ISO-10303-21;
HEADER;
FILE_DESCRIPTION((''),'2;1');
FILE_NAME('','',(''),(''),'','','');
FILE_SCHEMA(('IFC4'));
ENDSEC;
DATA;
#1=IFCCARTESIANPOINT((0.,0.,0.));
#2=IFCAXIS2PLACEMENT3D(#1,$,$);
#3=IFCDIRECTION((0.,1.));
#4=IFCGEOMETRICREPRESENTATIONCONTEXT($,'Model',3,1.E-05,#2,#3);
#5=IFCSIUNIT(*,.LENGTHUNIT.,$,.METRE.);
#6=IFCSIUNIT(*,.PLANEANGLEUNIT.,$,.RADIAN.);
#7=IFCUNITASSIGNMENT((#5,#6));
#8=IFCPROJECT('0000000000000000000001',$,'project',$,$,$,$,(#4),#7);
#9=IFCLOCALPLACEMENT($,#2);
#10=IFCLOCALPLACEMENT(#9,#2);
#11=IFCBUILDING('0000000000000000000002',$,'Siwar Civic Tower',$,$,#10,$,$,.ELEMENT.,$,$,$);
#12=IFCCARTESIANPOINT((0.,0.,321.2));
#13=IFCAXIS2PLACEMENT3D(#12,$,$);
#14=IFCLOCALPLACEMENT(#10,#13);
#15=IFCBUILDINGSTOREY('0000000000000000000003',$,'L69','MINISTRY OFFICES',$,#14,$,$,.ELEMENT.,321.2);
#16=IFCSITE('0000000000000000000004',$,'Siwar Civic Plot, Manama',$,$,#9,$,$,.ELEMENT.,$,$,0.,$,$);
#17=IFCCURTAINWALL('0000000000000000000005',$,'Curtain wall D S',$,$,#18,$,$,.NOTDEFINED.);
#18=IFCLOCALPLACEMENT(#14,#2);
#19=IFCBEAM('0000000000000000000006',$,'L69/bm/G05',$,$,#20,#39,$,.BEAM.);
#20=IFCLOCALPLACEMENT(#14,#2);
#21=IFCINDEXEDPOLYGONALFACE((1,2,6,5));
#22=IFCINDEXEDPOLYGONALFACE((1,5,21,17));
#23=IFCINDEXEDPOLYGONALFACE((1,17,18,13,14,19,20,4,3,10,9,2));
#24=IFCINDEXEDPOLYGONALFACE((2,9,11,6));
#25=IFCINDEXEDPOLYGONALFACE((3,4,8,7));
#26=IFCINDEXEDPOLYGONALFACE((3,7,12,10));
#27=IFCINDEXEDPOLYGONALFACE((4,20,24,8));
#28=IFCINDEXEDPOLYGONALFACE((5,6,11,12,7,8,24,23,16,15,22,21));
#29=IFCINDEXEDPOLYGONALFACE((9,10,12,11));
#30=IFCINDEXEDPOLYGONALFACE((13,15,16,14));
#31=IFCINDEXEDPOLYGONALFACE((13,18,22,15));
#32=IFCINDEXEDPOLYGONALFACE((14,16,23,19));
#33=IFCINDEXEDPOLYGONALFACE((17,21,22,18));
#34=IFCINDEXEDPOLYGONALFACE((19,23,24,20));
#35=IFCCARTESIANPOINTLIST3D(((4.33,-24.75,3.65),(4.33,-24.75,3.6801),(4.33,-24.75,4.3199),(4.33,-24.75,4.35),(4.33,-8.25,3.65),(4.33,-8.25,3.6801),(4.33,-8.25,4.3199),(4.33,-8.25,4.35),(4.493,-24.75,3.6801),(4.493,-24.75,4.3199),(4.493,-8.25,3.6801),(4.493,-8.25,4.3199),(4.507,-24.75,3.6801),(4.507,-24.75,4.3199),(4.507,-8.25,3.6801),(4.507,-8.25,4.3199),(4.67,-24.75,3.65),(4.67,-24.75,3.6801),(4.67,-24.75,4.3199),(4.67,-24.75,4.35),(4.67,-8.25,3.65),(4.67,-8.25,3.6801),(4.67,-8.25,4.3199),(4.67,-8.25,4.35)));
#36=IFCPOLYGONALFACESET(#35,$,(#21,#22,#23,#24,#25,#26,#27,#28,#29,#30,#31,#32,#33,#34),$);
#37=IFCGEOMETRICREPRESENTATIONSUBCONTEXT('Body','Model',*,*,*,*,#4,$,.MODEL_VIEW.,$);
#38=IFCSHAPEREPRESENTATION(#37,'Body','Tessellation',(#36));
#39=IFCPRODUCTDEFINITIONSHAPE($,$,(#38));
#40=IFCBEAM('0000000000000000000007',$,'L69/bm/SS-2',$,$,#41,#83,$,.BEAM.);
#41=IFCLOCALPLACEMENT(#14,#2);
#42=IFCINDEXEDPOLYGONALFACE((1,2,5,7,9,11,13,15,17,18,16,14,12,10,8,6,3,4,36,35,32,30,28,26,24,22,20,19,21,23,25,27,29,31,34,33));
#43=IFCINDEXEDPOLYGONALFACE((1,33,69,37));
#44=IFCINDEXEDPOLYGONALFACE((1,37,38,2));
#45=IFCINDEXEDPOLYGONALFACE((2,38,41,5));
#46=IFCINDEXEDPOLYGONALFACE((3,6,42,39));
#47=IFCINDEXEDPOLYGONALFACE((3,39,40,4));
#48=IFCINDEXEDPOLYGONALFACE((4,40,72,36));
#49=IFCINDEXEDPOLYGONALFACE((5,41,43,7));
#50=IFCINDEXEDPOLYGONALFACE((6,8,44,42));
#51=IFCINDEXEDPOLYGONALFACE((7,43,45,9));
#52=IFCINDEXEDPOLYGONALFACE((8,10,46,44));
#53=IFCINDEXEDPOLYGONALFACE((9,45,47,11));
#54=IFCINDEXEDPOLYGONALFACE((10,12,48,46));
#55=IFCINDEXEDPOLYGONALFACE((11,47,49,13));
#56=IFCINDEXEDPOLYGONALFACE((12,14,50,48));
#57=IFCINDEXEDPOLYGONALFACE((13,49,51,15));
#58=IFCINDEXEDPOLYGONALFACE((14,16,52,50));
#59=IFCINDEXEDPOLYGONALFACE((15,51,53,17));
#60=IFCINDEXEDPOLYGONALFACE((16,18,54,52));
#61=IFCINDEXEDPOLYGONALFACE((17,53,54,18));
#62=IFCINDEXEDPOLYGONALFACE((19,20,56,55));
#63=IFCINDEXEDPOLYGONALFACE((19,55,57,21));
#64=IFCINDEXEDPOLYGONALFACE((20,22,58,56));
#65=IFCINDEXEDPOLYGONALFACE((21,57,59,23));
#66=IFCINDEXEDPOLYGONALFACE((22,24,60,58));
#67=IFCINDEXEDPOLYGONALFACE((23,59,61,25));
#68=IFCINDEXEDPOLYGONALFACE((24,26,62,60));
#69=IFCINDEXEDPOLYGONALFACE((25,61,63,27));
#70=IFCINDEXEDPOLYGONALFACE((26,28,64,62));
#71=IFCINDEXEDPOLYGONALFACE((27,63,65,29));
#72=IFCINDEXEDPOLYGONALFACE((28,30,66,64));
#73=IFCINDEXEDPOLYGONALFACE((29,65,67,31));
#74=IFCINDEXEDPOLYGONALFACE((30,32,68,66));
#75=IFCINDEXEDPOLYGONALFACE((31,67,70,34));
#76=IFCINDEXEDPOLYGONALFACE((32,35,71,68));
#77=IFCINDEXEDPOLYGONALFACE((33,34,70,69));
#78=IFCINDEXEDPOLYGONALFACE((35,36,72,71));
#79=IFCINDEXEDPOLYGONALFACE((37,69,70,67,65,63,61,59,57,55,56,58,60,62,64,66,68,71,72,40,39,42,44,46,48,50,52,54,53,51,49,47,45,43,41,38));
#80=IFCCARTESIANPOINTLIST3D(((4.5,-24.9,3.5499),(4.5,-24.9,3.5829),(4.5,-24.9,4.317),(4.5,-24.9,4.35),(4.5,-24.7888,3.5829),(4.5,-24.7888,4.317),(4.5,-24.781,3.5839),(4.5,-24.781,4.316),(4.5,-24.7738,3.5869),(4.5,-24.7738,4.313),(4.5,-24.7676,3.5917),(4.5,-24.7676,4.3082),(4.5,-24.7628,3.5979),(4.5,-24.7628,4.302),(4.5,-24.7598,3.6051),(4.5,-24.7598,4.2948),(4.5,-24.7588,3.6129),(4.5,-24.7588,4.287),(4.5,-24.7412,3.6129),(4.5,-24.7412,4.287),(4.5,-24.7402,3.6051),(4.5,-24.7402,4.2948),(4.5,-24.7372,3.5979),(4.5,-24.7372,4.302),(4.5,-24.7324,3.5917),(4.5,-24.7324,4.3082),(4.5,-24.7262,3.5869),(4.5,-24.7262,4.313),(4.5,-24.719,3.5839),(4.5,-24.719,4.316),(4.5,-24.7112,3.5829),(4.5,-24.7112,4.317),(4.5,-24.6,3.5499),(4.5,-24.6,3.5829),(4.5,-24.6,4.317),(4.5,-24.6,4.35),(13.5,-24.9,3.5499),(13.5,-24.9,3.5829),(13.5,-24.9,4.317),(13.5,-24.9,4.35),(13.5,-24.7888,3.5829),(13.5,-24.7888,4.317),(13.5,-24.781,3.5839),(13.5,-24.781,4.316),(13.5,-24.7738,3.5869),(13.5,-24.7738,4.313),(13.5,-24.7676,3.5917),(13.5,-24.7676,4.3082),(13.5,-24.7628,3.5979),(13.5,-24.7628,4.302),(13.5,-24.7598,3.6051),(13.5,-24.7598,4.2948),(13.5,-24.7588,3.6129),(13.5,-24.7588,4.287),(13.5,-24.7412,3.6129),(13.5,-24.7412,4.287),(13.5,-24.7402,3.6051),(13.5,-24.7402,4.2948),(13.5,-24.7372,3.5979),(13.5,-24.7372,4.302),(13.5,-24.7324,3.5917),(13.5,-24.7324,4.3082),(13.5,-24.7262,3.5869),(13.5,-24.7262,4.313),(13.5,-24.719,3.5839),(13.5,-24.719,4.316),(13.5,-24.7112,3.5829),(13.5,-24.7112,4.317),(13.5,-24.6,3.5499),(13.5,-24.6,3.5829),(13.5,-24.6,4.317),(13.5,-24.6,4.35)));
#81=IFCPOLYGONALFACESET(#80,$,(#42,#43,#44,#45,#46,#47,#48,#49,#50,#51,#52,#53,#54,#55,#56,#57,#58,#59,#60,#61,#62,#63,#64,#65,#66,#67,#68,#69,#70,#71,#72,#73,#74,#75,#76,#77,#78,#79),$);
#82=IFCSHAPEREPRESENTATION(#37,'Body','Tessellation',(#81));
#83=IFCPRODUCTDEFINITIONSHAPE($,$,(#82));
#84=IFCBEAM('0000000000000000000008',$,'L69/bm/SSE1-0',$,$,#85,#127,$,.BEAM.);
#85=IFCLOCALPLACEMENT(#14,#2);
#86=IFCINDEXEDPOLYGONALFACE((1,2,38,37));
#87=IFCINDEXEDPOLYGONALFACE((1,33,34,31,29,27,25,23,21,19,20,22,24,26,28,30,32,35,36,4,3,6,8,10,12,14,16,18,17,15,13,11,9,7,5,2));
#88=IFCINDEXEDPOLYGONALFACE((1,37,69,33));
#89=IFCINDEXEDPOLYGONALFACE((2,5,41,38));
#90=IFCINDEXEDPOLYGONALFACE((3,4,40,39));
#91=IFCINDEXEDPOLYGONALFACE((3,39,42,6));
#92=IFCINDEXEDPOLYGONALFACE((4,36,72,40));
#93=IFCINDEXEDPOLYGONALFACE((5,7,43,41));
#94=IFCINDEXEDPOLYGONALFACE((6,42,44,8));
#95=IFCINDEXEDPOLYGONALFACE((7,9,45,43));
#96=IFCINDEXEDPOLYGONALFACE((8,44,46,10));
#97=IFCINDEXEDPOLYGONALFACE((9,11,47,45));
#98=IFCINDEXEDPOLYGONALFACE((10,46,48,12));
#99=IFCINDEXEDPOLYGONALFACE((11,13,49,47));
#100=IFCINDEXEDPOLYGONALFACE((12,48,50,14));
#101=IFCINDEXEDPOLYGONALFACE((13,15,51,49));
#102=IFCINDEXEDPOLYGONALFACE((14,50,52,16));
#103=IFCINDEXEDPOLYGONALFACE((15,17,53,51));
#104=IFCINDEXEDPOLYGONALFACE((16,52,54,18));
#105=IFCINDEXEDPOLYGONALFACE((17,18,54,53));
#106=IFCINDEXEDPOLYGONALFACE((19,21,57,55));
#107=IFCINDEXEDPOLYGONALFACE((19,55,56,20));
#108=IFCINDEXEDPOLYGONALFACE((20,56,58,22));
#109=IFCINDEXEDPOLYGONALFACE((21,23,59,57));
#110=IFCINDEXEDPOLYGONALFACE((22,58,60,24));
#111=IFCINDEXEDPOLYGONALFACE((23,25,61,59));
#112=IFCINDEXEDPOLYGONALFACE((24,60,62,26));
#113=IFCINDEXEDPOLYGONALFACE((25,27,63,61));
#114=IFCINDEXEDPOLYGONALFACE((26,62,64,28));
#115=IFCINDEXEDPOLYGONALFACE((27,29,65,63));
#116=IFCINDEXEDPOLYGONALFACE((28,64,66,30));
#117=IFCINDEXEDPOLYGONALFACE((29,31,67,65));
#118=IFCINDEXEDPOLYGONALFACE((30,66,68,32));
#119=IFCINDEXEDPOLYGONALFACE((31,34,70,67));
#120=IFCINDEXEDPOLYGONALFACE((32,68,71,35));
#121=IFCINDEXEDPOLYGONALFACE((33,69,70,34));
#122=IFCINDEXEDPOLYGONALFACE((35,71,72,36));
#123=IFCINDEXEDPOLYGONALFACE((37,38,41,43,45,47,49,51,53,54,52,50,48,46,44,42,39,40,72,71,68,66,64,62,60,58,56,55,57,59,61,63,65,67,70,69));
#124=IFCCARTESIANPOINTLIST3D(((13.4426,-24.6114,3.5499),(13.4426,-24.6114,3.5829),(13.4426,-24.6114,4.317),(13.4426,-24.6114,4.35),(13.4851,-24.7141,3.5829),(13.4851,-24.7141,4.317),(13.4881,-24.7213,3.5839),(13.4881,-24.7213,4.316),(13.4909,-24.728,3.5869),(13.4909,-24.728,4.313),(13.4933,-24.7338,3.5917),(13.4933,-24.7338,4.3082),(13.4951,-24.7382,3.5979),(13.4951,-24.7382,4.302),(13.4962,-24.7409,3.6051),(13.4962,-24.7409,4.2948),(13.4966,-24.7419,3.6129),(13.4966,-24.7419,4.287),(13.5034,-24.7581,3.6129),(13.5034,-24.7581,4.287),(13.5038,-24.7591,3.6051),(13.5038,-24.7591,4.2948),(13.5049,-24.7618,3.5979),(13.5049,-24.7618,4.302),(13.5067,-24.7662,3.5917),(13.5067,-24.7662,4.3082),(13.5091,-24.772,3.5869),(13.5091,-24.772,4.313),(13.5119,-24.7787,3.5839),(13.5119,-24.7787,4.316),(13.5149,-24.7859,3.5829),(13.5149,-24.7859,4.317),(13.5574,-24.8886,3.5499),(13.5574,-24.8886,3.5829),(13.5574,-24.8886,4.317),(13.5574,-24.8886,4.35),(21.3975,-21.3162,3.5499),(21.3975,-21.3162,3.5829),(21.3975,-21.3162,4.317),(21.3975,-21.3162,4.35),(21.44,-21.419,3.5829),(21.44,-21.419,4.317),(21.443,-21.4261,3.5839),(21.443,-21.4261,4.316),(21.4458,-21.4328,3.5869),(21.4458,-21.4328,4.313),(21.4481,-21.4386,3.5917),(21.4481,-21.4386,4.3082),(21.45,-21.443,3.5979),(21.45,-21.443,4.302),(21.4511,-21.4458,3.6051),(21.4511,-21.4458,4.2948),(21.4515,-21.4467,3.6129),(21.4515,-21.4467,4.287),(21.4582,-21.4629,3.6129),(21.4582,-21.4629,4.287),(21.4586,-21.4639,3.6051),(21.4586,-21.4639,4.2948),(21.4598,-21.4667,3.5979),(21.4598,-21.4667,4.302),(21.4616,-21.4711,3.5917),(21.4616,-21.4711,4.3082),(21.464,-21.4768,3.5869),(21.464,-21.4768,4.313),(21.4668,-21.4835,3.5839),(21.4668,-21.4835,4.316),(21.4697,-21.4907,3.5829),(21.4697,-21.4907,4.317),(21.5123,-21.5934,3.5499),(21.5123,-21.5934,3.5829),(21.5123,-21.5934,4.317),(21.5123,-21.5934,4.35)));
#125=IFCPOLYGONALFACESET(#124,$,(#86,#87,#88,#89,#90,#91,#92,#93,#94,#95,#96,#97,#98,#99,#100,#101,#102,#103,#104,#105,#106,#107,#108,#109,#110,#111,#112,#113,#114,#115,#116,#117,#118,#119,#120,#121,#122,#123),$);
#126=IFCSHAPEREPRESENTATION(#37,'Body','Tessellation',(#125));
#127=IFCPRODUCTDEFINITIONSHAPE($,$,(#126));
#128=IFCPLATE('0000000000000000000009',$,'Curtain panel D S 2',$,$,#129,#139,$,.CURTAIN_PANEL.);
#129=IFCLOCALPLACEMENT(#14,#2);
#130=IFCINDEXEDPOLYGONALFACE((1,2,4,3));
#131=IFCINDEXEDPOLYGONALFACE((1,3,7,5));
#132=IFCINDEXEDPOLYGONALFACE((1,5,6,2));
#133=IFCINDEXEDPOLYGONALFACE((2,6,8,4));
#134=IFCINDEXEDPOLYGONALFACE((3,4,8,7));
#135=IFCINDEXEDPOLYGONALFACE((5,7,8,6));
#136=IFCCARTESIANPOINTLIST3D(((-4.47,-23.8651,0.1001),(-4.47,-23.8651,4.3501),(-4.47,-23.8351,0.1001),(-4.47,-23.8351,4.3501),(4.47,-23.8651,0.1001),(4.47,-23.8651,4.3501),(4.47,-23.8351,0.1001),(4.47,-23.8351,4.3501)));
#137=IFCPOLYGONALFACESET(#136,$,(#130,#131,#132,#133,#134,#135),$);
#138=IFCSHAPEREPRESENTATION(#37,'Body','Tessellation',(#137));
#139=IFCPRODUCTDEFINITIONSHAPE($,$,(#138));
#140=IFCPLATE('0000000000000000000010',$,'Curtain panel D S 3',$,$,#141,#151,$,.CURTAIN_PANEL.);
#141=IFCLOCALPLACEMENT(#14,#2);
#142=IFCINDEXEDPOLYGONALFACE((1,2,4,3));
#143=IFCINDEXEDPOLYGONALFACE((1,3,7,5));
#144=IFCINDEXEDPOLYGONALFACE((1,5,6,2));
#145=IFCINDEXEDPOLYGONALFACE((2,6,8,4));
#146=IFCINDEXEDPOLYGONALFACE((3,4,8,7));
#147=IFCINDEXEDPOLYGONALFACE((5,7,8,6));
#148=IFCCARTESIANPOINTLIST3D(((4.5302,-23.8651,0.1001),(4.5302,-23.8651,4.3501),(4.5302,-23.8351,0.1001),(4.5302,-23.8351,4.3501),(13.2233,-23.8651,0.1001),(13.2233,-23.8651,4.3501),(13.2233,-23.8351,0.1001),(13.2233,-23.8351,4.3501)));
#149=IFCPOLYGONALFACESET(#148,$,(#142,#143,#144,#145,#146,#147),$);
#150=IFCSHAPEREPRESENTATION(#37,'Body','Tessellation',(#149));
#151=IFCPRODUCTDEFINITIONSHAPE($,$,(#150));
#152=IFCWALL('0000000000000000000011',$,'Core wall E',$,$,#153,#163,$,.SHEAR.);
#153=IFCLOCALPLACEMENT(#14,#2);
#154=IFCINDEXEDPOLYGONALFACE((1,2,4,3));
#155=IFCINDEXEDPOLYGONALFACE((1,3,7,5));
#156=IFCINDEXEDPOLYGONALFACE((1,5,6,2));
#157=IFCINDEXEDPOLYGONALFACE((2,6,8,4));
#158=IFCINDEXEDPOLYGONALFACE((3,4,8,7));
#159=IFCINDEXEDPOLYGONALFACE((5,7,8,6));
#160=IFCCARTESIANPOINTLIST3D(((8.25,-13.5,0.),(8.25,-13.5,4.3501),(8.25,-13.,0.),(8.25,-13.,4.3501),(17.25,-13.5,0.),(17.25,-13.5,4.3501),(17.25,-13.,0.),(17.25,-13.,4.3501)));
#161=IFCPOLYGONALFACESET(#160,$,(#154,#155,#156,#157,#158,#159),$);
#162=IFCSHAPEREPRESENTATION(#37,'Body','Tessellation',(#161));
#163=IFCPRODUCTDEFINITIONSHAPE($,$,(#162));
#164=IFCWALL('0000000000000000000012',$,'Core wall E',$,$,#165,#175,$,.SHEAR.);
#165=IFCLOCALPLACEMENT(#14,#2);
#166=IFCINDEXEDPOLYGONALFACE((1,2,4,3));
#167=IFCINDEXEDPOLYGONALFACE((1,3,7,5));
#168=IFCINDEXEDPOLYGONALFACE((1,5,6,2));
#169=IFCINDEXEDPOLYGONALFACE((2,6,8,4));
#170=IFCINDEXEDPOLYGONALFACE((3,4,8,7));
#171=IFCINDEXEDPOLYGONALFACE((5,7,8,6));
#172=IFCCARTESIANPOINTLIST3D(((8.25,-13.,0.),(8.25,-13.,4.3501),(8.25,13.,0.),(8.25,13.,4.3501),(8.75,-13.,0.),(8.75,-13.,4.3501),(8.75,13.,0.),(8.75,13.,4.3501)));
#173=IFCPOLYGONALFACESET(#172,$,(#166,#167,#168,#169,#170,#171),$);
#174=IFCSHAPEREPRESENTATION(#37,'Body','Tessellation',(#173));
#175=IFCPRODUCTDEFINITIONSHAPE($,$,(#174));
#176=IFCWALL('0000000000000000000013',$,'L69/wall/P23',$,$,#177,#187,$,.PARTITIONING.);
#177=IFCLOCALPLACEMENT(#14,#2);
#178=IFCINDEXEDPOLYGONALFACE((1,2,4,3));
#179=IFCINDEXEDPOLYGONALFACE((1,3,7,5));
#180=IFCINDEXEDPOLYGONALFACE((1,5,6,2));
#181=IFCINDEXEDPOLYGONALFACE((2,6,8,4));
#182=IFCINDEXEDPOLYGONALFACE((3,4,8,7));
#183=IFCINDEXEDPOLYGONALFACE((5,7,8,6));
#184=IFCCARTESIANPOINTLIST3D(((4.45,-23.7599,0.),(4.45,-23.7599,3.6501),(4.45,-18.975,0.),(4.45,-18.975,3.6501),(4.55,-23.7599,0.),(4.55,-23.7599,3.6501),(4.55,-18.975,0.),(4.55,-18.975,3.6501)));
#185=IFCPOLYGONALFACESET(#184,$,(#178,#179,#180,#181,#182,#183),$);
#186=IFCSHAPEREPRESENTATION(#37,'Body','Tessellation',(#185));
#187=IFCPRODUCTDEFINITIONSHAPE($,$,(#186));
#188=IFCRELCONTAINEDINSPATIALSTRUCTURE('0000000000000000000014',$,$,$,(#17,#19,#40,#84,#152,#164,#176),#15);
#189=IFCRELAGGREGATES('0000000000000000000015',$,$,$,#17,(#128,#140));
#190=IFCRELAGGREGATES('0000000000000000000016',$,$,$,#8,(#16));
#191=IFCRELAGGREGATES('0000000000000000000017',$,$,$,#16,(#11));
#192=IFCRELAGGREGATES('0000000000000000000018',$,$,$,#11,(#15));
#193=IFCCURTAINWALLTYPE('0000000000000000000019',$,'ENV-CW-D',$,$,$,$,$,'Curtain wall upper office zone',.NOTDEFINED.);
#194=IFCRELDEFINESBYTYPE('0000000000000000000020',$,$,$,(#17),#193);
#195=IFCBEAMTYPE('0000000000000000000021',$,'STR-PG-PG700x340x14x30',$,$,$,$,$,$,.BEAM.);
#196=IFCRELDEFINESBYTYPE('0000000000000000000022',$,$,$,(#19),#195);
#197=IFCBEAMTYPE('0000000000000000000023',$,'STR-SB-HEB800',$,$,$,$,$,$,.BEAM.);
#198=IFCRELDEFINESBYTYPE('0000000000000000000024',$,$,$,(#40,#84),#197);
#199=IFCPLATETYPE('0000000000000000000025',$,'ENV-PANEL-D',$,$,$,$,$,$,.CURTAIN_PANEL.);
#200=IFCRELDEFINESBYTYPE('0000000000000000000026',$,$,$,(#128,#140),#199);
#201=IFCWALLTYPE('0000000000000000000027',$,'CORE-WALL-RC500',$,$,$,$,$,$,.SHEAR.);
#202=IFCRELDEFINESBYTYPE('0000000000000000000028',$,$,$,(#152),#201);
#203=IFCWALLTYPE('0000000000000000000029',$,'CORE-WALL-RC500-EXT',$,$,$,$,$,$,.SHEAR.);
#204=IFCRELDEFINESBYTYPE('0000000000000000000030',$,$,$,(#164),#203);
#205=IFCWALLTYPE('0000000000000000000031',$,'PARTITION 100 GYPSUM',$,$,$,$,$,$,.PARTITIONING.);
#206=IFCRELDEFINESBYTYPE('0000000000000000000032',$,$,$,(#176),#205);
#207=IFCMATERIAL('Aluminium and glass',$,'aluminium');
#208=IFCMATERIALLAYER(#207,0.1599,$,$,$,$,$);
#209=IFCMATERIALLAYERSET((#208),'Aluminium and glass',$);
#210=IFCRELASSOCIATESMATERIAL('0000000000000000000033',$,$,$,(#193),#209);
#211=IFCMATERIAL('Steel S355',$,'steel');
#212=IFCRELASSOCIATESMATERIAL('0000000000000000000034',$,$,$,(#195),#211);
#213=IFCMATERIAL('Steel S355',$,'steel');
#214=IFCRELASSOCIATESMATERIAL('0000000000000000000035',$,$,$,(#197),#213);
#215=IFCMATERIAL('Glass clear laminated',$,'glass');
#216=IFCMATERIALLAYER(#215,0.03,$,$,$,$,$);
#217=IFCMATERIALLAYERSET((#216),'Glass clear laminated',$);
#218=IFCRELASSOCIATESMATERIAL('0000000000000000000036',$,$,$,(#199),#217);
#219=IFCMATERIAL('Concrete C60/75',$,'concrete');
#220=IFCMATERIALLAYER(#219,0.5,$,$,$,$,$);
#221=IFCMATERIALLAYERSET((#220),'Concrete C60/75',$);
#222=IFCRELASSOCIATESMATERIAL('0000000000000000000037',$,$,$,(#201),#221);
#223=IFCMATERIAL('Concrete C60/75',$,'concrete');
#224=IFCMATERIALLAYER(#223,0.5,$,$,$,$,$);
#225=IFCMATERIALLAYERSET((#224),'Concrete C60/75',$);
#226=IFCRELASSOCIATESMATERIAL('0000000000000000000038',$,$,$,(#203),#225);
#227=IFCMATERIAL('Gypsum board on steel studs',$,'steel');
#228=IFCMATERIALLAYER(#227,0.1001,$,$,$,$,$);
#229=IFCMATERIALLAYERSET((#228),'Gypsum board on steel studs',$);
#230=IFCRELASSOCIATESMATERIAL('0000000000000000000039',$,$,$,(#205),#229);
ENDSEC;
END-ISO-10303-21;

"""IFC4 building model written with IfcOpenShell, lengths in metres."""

from ifc_helpers import new_model, si_unit, direction, frame, frame_2d, origin, origin_2d, place, context, subcontext, project, spatial, rectangle, i_section, extrude, material, layer, layer_set, material_profile, profile_set, type_object, element, aggregate, save


model = new_model("IFC4")

# Units and contexts
model_context = context("Model", 3, precision=1e-05, world=origin(), true_north=direction((0.0, 1.0)))
body_context = subcontext(model_context, "Body", "Model", "MODEL_VIEW")
ifc_project = project(units=[si_unit("LENGTHUNIT", "METRE"), si_unit("PLANEANGLEUNIT", "RADIAN")], contexts=[model_context])

# Site, building, storey
site_placement = place(None, origin())
site = spatial("IfcSite", under=ifc_project, at=site_placement, Name="Siwar Civic Plot, Manama", CompositionType="ELEMENT", RefElevation=0.0)
building_placement = place(site_placement, origin())
building = spatial("IfcBuilding", under=site, at=building_placement, Name="Siwar Civic Tower", CompositionType="ELEMENT")
storey_placement = place(building_placement, frame((0.0, 0.0, 321.2)))
storey = spatial("IfcBuildingStorey", under=building, at=storey_placement, Name="L69", Description="MINISTRY OFFICES", CompositionType="ELEMENT", Elevation=321.2)

# Curtain wall
ifc_material_1 = material(Name="Aluminium and glass", Category="aluminium")
ifc_layer_1 = layer(ifc_material_1, 0.1599)
ifc_layer_set_1 = layer_set([ifc_layer_1], Name="Aluminium and glass")
curtain_wall_type_1 = type_object("IfcCurtainWallType", Name="ENV-CW-D", ElementType="Curtain wall upper office zone", PredefinedType="NOTDEFINED", material=ifc_layer_set_1)
curtain_wall_1_placement = place(storey_placement, origin())
curtain_wall_1 = element("IfcCurtainWall", 1, at=curtain_wall_1_placement, inside=storey, type_object=curtain_wall_type_1, Name="Curtain wall D S", PredefinedType="NOTDEFINED")

# Beams
ifc_material_2 = material(Name="Steel S355", Category="steel")
ifc_material_profile_1 = material_profile(ifc_material_2, i_section(OverallWidth=0.3401, OverallDepth=0.7, WebThickness=0.0139, FlangeThickness=0.03, at=origin_2d()), Name="PG700x340x14x30")
ifc_profile_set_1 = profile_set([ifc_material_profile_1], Name="Steel S355")
beam_type_1 = type_object("IfcBeamType", Name="STR-PG-PG700x340x14x30", PredefinedType="BEAM", material=ifc_profile_set_1)
beam_1_placement = place(storey_placement, frame((4.5, -24.75, 4.0), z_axis=(0.0, 1.0, 0.0), x_axis=(-1.0, 0.0, 0.0)))
element("IfcBeam", 2, at=beam_1_placement, inside=storey, type_object=beam_type_1, Name="L69/bm/G05", PredefinedType="BEAM", context=body_context, shape_type="SweptSolid", body=[
    extrude(i_section(OverallWidth=0.3401, OverallDepth=0.7, WebThickness=0.0139, FlangeThickness=0.03, at=origin_2d()), origin(), (0.0, 0.0, 1.0), 16.5),
])
ifc_material_3 = material(Name="Steel S355", Category="steel")
ifc_material_profile_2 = material_profile(ifc_material_3, i_section(OverallWidth=0.3, OverallDepth=0.8, WebThickness=0.0176, FlangeThickness=0.033, FilletRadius=0.03, at=origin_2d()), Name="HEB800")
ifc_profile_set_2 = profile_set([ifc_material_profile_2], Name="Steel S355")
beam_type_2 = type_object("IfcBeamType", Name="STR-SB-HEB800", PredefinedType="BEAM", material=ifc_profile_set_2)
beam_2_placement = place(storey_placement, frame((4.5, -24.75, 3.95), z_axis=(1.0, 0.0, 0.0), x_axis=(0.0, 1.0, 0.0)))
element("IfcBeam", 3, at=beam_2_placement, inside=storey, type_object=beam_type_2, Name="L69/bm/SS-2", PredefinedType="BEAM", context=body_context, shape_type="SweptSolid", body=[
    extrude(i_section(OverallWidth=0.3, OverallDepth=0.8, WebThickness=0.0176, FlangeThickness=0.033, FilletRadius=0.03, at=origin_2d()), origin(), (0.0, 0.0, 1.0), 9.0),
])
beam_3_placement = place(storey_placement, frame((13.5, -24.75, 3.95), z_axis=(0.923873, 0.3827, 0.0), x_axis=(-0.3827, 0.923873, 0.0)))
element("IfcBeam", 4, at=beam_3_placement, inside=storey, type_object=beam_type_2, Name="L69/bm/SSE1-0", PredefinedType="BEAM", context=body_context, shape_type="SweptSolid", body=[
    extrude(i_section(OverallWidth=0.3, OverallDepth=0.8, WebThickness=0.0176, FlangeThickness=0.033, FilletRadius=0.03, at=origin_2d()), origin(), (0.0, 0.0, 1.0), 8.6104),
])

# Plates
ifc_material_4 = material(Name="Glass clear laminated", Category="glass")
ifc_layer_2 = layer(ifc_material_4, 0.03)
ifc_layer_set_2 = layer_set([ifc_layer_2], Name="Glass clear laminated")
plate_type = type_object("IfcPlateType", Name="ENV-PANEL-D", PredefinedType="CURTAIN_PANEL", material=ifc_layer_set_2)
plate_1_placement = place(storey_placement, frame((0.0, -23.8501, 0.1001), z_axis=(0.0, 0.0, 1.0), x_axis=(1.0, 0.0, 0.0)))
plate_1 = element("IfcPlate", 5, at=plate_1_placement, type_object=plate_type, Name="Curtain panel D S 2", PredefinedType="CURTAIN_PANEL", context=body_context, shape_type="SweptSolid", body=[
    extrude(rectangle(XDim=8.9399, YDim=0.03, at=origin_2d()), origin(), (0.0, 0.0, 1.0), 4.25),
])
plate_2_placement = place(storey_placement, frame((8.8767, -23.8501, 0.1001), z_axis=(0.0, 0.0, 1.0), x_axis=(1.0, 0.0, 0.0)))
plate_2 = element("IfcPlate", 6, at=plate_2_placement, type_object=plate_type, Name="Curtain panel D S 3", PredefinedType="CURTAIN_PANEL", context=body_context, shape_type="SweptSolid", body=[
    extrude(rectangle(XDim=8.6931, YDim=0.03, at=origin_2d()), origin(), (0.0, 0.0, 1.0), 4.25),
])
aggregate(curtain_wall_1, [plate_1, plate_2])

# Walls
ifc_material_5 = material(Name="Concrete C60/75", Category="concrete")
ifc_layer_3 = layer(ifc_material_5, 0.5)
ifc_layer_set_3 = layer_set([ifc_layer_3], Name="Concrete C60/75")
wall_type_1 = type_object("IfcWallType", Name="CORE-WALL-RC500", PredefinedType="SHEAR", material=ifc_layer_set_3)
wall_1_placement = place(storey_placement, frame((8.25, -13.25, 0.0), z_axis=(0.0, 0.0, 1.0), x_axis=(1.0, 0.0, 0.0)))
element("IfcWall", 7, at=wall_1_placement, inside=storey, type_object=wall_type_1, Name="Core wall E", PredefinedType="SHEAR", context=body_context, shape_type="SweptSolid", body=[
    extrude(rectangle(XDim=9.0, YDim=0.5, at=frame_2d((4.5, 0.0))), origin(), (0.0, 0.0, 1.0), 4.3501),
])
ifc_material_6 = material(Name="Concrete C60/75", Category="concrete")
ifc_layer_4 = layer(ifc_material_6, 0.5)
ifc_layer_set_4 = layer_set([ifc_layer_4], Name="Concrete C60/75")
wall_type_2 = type_object("IfcWallType", Name="CORE-WALL-RC500-EXT", PredefinedType="SHEAR", material=ifc_layer_set_4)
wall_2_placement = place(storey_placement, frame((8.5, -13.0, 0.0), z_axis=(0.0, 0.0, 1.0), x_axis=(0.0, 1.0, 0.0)))
element("IfcWall", 8, at=wall_2_placement, inside=storey, type_object=wall_type_2, Name="Core wall E", PredefinedType="SHEAR", context=body_context, shape_type="SweptSolid", body=[
    extrude(rectangle(XDim=26.0, YDim=0.5, at=frame_2d((13.0, 0.0))), origin(), (0.0, 0.0, 1.0), 4.3501),
])
ifc_material_7 = material(Name="Gypsum board on steel studs", Category="steel")
ifc_layer_5 = layer(ifc_material_7, 0.1001)
ifc_layer_set_5 = layer_set([ifc_layer_5], Name="Gypsum board on steel studs")
wall_type_3 = type_object("IfcWallType", Name="PARTITION 100 GYPSUM", PredefinedType="PARTITIONING", material=ifc_layer_set_5)
wall_3_placement = place(storey_placement, frame((4.5, -23.76, 0.0), z_axis=(0.0, 0.0, 1.0), x_axis=(0.0, 1.0, 0.0)))
element("IfcWall", 9, at=wall_3_placement, inside=storey, type_object=wall_type_3, Name="L69/wall/P23", PredefinedType="PARTITIONING", context=body_context, shape_type="SweptSolid", body=[
    extrude(rectangle(XDim=4.7849, YDim=0.1001, at=frame_2d((2.3926, 0.0))), origin(), (0.0, 0.0, 1.0), 3.6501),
])

save(model, "model.ifc")
